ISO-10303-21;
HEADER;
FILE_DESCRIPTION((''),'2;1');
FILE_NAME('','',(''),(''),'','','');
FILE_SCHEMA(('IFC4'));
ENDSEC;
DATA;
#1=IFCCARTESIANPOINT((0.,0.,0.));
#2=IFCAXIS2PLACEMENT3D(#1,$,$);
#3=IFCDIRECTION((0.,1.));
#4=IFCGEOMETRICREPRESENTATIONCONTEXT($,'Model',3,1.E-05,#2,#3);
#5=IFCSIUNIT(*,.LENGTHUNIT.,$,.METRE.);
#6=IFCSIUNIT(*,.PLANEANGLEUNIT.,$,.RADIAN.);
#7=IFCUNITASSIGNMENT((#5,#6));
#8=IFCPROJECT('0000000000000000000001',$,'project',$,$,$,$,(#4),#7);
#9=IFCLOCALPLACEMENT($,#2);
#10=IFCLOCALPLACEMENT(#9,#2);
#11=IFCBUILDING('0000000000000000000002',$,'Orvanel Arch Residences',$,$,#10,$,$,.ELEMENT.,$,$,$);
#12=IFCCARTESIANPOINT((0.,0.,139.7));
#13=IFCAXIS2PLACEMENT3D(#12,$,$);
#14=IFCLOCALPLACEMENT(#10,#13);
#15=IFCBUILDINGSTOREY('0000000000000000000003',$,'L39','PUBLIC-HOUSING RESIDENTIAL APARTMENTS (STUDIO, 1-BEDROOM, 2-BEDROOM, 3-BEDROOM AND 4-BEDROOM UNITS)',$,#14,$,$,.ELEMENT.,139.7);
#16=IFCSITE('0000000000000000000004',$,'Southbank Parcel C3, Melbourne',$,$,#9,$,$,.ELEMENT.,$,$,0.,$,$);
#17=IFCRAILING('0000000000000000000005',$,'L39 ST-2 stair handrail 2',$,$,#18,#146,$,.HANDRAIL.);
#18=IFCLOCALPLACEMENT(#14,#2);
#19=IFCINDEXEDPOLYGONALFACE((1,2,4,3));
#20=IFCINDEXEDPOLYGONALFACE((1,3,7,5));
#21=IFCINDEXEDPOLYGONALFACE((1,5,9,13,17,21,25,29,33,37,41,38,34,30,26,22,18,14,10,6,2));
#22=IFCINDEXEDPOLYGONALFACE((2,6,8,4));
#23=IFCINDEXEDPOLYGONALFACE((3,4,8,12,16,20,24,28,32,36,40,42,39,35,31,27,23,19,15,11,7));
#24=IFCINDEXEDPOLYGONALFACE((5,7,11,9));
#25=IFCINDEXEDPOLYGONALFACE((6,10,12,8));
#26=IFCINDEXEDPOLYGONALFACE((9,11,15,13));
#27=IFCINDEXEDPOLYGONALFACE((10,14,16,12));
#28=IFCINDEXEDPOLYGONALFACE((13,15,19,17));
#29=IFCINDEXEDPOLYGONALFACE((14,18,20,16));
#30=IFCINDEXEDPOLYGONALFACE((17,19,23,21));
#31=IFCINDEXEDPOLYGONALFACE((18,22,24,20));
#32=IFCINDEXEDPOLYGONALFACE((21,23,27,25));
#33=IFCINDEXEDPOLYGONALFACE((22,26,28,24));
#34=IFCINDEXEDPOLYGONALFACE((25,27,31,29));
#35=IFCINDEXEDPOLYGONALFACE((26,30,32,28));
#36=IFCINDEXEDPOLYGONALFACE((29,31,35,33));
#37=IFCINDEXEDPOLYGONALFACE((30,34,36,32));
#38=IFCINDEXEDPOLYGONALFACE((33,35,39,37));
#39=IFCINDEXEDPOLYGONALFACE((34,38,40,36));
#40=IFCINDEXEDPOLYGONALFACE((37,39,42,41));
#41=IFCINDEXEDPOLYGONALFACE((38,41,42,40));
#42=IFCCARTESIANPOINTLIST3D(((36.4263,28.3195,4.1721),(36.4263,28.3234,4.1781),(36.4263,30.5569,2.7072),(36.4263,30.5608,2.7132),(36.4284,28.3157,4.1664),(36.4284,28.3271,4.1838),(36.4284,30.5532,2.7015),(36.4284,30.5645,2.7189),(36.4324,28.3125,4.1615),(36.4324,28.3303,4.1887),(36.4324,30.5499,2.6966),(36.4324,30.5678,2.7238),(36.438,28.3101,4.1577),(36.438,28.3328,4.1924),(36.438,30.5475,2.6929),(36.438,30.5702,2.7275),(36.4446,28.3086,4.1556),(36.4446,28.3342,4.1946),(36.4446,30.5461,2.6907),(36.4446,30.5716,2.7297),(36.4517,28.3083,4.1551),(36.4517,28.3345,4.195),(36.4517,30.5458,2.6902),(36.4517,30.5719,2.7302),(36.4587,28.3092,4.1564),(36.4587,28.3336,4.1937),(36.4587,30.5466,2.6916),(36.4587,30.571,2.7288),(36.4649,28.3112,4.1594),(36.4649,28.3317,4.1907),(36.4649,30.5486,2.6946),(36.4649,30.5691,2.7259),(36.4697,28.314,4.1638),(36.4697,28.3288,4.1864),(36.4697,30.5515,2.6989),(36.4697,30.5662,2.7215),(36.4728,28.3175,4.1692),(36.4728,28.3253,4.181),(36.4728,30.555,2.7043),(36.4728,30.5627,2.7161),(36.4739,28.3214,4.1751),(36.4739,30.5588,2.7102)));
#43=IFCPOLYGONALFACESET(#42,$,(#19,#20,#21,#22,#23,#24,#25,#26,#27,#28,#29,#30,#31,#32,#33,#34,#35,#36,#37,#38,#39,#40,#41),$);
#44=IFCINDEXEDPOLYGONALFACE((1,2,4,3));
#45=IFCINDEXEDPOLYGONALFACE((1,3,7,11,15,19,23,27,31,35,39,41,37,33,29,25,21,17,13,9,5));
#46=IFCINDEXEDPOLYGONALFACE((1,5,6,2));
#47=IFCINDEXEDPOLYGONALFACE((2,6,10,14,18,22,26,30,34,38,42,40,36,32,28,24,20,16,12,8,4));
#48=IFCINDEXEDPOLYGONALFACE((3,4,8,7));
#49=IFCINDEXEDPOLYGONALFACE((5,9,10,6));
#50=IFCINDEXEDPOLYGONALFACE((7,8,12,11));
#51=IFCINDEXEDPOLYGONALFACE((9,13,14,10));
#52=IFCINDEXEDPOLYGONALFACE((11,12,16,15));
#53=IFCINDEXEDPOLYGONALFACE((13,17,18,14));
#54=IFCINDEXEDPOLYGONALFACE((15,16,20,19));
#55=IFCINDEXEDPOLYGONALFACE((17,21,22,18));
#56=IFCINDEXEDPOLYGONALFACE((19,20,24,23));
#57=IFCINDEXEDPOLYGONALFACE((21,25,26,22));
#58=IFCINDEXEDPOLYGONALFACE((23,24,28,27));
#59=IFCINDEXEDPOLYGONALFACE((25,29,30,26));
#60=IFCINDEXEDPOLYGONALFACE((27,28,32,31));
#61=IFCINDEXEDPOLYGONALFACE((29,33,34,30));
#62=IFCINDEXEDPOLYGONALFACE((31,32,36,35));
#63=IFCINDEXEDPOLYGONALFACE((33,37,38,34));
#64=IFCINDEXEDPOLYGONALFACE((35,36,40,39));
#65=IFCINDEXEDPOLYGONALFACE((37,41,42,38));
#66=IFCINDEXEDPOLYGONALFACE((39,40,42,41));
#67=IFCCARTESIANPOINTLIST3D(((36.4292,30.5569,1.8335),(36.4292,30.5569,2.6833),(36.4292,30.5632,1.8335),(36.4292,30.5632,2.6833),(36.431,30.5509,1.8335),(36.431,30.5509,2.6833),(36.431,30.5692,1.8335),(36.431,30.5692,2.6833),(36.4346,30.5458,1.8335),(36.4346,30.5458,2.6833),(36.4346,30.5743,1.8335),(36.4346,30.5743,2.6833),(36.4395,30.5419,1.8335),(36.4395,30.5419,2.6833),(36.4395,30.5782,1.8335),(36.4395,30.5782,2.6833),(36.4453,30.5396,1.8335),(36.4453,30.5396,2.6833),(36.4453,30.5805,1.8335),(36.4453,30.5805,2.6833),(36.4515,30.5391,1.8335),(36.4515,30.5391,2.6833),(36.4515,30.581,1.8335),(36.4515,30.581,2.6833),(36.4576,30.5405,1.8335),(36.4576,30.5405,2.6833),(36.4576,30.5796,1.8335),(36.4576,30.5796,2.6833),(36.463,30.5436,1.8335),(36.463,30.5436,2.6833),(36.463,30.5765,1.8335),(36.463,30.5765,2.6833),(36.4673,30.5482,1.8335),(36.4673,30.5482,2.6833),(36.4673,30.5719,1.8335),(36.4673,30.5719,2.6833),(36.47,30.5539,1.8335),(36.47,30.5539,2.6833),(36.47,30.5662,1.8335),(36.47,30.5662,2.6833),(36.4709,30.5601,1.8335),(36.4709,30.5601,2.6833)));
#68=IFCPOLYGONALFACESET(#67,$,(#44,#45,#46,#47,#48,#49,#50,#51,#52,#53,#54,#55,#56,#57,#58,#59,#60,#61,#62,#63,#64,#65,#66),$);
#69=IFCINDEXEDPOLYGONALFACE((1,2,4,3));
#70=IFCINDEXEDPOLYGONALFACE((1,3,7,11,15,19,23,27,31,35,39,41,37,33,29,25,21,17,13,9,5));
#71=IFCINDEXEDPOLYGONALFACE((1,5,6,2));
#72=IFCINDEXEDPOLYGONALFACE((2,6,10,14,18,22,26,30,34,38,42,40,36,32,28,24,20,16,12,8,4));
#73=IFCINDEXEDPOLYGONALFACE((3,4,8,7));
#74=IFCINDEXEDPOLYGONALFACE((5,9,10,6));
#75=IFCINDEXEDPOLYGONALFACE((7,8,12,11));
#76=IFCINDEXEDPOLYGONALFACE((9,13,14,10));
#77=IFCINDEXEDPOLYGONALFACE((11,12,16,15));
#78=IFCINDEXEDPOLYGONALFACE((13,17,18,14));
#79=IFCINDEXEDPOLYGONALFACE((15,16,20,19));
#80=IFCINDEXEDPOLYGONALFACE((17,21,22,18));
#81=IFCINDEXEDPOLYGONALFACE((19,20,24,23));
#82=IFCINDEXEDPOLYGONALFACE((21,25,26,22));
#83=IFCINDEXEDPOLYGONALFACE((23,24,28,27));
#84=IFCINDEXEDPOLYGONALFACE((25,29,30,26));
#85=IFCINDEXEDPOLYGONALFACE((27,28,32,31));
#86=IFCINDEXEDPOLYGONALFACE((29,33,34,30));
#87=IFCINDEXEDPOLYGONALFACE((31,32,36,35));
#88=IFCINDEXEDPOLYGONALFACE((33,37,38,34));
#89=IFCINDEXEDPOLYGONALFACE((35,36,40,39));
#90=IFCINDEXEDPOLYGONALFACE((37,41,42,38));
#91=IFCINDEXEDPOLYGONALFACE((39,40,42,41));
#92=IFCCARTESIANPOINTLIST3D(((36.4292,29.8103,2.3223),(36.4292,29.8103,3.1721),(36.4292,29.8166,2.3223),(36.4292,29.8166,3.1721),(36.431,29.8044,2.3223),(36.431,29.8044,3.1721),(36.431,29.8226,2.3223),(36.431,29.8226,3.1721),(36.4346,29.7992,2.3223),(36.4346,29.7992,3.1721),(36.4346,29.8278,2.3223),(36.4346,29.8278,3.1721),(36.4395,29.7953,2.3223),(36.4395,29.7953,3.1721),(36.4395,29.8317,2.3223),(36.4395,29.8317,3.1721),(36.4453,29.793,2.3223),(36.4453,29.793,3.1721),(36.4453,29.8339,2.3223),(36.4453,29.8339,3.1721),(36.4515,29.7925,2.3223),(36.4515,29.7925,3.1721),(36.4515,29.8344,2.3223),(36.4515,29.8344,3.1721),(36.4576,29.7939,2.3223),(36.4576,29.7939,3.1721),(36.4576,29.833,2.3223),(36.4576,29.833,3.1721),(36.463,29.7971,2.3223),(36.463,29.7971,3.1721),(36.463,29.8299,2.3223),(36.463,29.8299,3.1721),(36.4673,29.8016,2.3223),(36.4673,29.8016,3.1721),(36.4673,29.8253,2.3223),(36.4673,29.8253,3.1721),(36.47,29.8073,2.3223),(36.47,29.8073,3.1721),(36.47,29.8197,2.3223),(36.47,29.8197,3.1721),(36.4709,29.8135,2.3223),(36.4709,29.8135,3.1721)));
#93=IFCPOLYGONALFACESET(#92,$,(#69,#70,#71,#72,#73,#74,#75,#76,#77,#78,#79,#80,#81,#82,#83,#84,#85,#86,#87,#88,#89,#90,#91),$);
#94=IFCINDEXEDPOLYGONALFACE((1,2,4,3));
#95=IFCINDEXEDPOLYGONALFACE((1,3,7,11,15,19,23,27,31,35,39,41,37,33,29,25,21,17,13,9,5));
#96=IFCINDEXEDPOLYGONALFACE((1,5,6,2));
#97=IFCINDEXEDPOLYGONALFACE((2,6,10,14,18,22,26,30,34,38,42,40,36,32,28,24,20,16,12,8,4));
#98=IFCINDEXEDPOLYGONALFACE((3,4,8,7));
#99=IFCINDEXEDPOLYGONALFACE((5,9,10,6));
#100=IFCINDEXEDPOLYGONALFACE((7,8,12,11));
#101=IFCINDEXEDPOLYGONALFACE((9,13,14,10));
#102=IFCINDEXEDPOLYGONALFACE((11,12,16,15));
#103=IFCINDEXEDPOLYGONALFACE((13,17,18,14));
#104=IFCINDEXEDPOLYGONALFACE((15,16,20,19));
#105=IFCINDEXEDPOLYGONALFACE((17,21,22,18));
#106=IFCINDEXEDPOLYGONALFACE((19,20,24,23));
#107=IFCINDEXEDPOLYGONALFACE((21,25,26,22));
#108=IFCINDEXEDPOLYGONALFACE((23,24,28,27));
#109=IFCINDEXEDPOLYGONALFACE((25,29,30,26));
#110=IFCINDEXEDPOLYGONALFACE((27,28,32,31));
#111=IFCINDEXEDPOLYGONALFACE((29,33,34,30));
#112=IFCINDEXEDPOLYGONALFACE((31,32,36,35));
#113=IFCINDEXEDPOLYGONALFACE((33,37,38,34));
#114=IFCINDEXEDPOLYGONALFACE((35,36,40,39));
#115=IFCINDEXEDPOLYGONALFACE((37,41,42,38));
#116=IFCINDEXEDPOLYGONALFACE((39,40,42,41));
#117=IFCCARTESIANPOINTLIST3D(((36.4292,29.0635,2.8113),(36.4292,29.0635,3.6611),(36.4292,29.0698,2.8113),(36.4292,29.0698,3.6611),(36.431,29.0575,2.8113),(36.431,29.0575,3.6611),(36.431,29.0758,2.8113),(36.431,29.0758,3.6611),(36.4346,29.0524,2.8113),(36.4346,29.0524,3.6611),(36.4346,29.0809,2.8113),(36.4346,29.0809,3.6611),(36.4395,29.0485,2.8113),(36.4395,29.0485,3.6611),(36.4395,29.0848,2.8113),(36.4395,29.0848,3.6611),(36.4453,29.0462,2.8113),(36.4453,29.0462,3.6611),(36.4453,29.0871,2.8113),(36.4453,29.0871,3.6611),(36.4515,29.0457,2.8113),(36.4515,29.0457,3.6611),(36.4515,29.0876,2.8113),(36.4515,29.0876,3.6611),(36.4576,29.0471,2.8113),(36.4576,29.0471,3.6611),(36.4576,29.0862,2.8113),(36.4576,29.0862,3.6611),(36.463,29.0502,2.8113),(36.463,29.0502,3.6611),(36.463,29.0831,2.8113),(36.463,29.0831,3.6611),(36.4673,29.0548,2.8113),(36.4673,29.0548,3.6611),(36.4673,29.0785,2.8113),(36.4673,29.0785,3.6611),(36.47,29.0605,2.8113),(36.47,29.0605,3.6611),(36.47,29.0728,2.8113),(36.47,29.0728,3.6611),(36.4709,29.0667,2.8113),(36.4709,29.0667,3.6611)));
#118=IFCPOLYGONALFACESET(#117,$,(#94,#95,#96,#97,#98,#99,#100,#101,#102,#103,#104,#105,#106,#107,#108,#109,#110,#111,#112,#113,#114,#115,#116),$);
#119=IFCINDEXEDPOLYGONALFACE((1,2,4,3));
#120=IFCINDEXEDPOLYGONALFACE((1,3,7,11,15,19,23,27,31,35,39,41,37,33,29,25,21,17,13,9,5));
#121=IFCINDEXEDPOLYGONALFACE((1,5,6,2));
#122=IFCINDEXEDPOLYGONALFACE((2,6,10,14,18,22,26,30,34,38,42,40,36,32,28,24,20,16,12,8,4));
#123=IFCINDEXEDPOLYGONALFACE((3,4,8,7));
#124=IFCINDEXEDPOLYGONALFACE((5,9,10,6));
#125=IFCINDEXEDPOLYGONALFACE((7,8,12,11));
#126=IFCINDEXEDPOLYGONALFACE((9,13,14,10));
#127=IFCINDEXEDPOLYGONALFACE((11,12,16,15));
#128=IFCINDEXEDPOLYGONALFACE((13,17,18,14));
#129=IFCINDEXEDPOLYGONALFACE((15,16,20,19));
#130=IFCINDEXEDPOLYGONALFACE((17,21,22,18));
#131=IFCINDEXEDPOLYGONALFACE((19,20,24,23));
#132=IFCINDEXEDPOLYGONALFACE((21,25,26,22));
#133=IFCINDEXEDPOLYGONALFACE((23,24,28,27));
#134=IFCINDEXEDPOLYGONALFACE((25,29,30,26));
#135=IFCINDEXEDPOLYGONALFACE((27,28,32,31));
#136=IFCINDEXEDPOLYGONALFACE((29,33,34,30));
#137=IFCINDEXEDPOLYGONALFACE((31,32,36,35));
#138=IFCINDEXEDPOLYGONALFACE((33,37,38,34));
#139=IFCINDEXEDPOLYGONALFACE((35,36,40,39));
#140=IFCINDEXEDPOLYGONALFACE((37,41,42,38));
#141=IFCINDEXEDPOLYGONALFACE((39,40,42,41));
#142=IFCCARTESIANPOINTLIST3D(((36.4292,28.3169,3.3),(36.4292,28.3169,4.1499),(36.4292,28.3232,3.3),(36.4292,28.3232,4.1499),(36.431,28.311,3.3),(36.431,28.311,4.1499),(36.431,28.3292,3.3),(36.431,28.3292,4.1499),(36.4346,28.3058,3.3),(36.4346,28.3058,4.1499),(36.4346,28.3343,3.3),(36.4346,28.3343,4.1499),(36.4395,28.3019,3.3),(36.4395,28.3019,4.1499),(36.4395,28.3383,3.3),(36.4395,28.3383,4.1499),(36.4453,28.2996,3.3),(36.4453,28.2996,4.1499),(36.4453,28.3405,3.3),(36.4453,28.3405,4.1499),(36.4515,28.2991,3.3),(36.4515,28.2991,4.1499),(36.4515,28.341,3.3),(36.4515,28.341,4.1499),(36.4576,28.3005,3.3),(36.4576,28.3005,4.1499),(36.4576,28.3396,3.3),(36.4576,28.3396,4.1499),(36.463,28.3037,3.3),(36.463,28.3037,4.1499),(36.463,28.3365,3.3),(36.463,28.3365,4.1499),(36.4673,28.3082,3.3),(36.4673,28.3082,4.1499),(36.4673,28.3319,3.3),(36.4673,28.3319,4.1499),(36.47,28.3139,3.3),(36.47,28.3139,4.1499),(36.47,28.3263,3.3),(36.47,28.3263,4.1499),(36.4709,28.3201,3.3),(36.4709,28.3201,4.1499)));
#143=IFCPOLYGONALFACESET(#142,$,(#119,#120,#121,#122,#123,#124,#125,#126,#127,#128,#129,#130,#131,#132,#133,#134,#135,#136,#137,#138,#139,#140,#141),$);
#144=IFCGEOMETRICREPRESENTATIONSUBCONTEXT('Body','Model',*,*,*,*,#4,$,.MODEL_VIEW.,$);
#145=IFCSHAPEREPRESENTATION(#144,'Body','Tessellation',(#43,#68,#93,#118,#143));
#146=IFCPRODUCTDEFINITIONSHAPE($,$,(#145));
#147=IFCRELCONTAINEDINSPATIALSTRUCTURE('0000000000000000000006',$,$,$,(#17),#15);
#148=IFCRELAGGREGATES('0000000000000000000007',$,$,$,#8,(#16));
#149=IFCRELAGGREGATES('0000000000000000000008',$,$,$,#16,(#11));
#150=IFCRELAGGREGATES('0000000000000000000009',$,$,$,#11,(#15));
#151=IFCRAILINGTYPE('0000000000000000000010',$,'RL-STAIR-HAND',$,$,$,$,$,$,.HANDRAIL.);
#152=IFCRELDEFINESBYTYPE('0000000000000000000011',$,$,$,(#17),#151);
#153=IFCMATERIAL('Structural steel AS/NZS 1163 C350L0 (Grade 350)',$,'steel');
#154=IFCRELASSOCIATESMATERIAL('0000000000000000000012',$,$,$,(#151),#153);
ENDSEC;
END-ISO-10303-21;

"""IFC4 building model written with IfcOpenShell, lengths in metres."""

from ifc_helpers import new_model, si_unit, direction, frame, origin, origin_2d, place, context, subcontext, project, spatial, circle, extrude, material, type_object, element, save


model = new_model("IFC4")

# Units and contexts
model_context = context("Model", 3, precision=1e-05, world=origin(), true_north=direction((0.0, 1.0)))
body_context = subcontext(model_context, "Body", "Model", "MODEL_VIEW")
ifc_project = project(units=[si_unit("LENGTHUNIT", "METRE"), si_unit("PLANEANGLEUNIT", "RADIAN")], contexts=[model_context])

# Site, building, storey
site_placement = place(None, origin())
site = spatial("IfcSite", under=ifc_project, at=site_placement, Name="Southbank Parcel C3, Melbourne", CompositionType="ELEMENT", RefElevation=0.0)
building_placement = place(site_placement, origin())
building = spatial("IfcBuilding", under=site, at=building_placement, Name="Orvanel Arch Residences", CompositionType="ELEMENT")
storey_placement = place(building_placement, frame((0.0, 0.0, 139.7)))
storey = spatial("IfcBuildingStorey", under=building, at=storey_placement, Name="L39", Description="PUBLIC-HOUSING RESIDENTIAL APARTMENTS (STUDIO, 1-BEDROOM, 2-BEDROOM, 3-BEDROOM AND 4-BEDROOM UNITS)", CompositionType="ELEMENT", Elevation=139.7)

# Railing
ifc_material_1 = material(Name="Structural steel AS/NZS 1163 C350L0 (Grade 350)", Category="steel")
railing_type_1 = type_object("IfcRailingType", Name="RL-STAIR-HAND", PredefinedType="HANDRAIL", material=ifc_material_1)
railing_1_placement = place(storey_placement, frame((36.45, 30.5601, 1.8335)))
element("IfcRailing", 1, at=railing_1_placement, inside=storey, type_object=railing_type_1, Name="L39 ST-2 stair handrail 2", PredefinedType="HANDRAIL", context=body_context, shape_type="SweptSolid", body=[
    extrude(circle(Radius=0.0239, at=origin_2d()), frame((0.0, -0.0012, 0.8767), z_axis=(0.0, -0.836637, 0.547758), x_axis=(1.0, 0.0, 0.0)), (0.0, 0.0, 1.0), 2.6743),
    extrude(circle(Radius=0.021, at=origin_2d()), origin(), (0.0, 0.0, 1.0), 0.8499),
    extrude(circle(Radius=0.021, at=origin_2d()), frame((0.0, -0.7466, 0.4888)), (0.0, 0.0, 1.0), 0.8499),
    extrude(circle(Radius=0.021, at=origin_2d()), frame((0.0, -1.4934, 0.9778)), (0.0, 0.0, 1.0), 0.8499),
    extrude(circle(Radius=0.021, at=origin_2d()), frame((0.0, -2.24, 1.4666)), (0.0, 0.0, 1.0), 0.8499),
])

save(model, "model.ifc")
